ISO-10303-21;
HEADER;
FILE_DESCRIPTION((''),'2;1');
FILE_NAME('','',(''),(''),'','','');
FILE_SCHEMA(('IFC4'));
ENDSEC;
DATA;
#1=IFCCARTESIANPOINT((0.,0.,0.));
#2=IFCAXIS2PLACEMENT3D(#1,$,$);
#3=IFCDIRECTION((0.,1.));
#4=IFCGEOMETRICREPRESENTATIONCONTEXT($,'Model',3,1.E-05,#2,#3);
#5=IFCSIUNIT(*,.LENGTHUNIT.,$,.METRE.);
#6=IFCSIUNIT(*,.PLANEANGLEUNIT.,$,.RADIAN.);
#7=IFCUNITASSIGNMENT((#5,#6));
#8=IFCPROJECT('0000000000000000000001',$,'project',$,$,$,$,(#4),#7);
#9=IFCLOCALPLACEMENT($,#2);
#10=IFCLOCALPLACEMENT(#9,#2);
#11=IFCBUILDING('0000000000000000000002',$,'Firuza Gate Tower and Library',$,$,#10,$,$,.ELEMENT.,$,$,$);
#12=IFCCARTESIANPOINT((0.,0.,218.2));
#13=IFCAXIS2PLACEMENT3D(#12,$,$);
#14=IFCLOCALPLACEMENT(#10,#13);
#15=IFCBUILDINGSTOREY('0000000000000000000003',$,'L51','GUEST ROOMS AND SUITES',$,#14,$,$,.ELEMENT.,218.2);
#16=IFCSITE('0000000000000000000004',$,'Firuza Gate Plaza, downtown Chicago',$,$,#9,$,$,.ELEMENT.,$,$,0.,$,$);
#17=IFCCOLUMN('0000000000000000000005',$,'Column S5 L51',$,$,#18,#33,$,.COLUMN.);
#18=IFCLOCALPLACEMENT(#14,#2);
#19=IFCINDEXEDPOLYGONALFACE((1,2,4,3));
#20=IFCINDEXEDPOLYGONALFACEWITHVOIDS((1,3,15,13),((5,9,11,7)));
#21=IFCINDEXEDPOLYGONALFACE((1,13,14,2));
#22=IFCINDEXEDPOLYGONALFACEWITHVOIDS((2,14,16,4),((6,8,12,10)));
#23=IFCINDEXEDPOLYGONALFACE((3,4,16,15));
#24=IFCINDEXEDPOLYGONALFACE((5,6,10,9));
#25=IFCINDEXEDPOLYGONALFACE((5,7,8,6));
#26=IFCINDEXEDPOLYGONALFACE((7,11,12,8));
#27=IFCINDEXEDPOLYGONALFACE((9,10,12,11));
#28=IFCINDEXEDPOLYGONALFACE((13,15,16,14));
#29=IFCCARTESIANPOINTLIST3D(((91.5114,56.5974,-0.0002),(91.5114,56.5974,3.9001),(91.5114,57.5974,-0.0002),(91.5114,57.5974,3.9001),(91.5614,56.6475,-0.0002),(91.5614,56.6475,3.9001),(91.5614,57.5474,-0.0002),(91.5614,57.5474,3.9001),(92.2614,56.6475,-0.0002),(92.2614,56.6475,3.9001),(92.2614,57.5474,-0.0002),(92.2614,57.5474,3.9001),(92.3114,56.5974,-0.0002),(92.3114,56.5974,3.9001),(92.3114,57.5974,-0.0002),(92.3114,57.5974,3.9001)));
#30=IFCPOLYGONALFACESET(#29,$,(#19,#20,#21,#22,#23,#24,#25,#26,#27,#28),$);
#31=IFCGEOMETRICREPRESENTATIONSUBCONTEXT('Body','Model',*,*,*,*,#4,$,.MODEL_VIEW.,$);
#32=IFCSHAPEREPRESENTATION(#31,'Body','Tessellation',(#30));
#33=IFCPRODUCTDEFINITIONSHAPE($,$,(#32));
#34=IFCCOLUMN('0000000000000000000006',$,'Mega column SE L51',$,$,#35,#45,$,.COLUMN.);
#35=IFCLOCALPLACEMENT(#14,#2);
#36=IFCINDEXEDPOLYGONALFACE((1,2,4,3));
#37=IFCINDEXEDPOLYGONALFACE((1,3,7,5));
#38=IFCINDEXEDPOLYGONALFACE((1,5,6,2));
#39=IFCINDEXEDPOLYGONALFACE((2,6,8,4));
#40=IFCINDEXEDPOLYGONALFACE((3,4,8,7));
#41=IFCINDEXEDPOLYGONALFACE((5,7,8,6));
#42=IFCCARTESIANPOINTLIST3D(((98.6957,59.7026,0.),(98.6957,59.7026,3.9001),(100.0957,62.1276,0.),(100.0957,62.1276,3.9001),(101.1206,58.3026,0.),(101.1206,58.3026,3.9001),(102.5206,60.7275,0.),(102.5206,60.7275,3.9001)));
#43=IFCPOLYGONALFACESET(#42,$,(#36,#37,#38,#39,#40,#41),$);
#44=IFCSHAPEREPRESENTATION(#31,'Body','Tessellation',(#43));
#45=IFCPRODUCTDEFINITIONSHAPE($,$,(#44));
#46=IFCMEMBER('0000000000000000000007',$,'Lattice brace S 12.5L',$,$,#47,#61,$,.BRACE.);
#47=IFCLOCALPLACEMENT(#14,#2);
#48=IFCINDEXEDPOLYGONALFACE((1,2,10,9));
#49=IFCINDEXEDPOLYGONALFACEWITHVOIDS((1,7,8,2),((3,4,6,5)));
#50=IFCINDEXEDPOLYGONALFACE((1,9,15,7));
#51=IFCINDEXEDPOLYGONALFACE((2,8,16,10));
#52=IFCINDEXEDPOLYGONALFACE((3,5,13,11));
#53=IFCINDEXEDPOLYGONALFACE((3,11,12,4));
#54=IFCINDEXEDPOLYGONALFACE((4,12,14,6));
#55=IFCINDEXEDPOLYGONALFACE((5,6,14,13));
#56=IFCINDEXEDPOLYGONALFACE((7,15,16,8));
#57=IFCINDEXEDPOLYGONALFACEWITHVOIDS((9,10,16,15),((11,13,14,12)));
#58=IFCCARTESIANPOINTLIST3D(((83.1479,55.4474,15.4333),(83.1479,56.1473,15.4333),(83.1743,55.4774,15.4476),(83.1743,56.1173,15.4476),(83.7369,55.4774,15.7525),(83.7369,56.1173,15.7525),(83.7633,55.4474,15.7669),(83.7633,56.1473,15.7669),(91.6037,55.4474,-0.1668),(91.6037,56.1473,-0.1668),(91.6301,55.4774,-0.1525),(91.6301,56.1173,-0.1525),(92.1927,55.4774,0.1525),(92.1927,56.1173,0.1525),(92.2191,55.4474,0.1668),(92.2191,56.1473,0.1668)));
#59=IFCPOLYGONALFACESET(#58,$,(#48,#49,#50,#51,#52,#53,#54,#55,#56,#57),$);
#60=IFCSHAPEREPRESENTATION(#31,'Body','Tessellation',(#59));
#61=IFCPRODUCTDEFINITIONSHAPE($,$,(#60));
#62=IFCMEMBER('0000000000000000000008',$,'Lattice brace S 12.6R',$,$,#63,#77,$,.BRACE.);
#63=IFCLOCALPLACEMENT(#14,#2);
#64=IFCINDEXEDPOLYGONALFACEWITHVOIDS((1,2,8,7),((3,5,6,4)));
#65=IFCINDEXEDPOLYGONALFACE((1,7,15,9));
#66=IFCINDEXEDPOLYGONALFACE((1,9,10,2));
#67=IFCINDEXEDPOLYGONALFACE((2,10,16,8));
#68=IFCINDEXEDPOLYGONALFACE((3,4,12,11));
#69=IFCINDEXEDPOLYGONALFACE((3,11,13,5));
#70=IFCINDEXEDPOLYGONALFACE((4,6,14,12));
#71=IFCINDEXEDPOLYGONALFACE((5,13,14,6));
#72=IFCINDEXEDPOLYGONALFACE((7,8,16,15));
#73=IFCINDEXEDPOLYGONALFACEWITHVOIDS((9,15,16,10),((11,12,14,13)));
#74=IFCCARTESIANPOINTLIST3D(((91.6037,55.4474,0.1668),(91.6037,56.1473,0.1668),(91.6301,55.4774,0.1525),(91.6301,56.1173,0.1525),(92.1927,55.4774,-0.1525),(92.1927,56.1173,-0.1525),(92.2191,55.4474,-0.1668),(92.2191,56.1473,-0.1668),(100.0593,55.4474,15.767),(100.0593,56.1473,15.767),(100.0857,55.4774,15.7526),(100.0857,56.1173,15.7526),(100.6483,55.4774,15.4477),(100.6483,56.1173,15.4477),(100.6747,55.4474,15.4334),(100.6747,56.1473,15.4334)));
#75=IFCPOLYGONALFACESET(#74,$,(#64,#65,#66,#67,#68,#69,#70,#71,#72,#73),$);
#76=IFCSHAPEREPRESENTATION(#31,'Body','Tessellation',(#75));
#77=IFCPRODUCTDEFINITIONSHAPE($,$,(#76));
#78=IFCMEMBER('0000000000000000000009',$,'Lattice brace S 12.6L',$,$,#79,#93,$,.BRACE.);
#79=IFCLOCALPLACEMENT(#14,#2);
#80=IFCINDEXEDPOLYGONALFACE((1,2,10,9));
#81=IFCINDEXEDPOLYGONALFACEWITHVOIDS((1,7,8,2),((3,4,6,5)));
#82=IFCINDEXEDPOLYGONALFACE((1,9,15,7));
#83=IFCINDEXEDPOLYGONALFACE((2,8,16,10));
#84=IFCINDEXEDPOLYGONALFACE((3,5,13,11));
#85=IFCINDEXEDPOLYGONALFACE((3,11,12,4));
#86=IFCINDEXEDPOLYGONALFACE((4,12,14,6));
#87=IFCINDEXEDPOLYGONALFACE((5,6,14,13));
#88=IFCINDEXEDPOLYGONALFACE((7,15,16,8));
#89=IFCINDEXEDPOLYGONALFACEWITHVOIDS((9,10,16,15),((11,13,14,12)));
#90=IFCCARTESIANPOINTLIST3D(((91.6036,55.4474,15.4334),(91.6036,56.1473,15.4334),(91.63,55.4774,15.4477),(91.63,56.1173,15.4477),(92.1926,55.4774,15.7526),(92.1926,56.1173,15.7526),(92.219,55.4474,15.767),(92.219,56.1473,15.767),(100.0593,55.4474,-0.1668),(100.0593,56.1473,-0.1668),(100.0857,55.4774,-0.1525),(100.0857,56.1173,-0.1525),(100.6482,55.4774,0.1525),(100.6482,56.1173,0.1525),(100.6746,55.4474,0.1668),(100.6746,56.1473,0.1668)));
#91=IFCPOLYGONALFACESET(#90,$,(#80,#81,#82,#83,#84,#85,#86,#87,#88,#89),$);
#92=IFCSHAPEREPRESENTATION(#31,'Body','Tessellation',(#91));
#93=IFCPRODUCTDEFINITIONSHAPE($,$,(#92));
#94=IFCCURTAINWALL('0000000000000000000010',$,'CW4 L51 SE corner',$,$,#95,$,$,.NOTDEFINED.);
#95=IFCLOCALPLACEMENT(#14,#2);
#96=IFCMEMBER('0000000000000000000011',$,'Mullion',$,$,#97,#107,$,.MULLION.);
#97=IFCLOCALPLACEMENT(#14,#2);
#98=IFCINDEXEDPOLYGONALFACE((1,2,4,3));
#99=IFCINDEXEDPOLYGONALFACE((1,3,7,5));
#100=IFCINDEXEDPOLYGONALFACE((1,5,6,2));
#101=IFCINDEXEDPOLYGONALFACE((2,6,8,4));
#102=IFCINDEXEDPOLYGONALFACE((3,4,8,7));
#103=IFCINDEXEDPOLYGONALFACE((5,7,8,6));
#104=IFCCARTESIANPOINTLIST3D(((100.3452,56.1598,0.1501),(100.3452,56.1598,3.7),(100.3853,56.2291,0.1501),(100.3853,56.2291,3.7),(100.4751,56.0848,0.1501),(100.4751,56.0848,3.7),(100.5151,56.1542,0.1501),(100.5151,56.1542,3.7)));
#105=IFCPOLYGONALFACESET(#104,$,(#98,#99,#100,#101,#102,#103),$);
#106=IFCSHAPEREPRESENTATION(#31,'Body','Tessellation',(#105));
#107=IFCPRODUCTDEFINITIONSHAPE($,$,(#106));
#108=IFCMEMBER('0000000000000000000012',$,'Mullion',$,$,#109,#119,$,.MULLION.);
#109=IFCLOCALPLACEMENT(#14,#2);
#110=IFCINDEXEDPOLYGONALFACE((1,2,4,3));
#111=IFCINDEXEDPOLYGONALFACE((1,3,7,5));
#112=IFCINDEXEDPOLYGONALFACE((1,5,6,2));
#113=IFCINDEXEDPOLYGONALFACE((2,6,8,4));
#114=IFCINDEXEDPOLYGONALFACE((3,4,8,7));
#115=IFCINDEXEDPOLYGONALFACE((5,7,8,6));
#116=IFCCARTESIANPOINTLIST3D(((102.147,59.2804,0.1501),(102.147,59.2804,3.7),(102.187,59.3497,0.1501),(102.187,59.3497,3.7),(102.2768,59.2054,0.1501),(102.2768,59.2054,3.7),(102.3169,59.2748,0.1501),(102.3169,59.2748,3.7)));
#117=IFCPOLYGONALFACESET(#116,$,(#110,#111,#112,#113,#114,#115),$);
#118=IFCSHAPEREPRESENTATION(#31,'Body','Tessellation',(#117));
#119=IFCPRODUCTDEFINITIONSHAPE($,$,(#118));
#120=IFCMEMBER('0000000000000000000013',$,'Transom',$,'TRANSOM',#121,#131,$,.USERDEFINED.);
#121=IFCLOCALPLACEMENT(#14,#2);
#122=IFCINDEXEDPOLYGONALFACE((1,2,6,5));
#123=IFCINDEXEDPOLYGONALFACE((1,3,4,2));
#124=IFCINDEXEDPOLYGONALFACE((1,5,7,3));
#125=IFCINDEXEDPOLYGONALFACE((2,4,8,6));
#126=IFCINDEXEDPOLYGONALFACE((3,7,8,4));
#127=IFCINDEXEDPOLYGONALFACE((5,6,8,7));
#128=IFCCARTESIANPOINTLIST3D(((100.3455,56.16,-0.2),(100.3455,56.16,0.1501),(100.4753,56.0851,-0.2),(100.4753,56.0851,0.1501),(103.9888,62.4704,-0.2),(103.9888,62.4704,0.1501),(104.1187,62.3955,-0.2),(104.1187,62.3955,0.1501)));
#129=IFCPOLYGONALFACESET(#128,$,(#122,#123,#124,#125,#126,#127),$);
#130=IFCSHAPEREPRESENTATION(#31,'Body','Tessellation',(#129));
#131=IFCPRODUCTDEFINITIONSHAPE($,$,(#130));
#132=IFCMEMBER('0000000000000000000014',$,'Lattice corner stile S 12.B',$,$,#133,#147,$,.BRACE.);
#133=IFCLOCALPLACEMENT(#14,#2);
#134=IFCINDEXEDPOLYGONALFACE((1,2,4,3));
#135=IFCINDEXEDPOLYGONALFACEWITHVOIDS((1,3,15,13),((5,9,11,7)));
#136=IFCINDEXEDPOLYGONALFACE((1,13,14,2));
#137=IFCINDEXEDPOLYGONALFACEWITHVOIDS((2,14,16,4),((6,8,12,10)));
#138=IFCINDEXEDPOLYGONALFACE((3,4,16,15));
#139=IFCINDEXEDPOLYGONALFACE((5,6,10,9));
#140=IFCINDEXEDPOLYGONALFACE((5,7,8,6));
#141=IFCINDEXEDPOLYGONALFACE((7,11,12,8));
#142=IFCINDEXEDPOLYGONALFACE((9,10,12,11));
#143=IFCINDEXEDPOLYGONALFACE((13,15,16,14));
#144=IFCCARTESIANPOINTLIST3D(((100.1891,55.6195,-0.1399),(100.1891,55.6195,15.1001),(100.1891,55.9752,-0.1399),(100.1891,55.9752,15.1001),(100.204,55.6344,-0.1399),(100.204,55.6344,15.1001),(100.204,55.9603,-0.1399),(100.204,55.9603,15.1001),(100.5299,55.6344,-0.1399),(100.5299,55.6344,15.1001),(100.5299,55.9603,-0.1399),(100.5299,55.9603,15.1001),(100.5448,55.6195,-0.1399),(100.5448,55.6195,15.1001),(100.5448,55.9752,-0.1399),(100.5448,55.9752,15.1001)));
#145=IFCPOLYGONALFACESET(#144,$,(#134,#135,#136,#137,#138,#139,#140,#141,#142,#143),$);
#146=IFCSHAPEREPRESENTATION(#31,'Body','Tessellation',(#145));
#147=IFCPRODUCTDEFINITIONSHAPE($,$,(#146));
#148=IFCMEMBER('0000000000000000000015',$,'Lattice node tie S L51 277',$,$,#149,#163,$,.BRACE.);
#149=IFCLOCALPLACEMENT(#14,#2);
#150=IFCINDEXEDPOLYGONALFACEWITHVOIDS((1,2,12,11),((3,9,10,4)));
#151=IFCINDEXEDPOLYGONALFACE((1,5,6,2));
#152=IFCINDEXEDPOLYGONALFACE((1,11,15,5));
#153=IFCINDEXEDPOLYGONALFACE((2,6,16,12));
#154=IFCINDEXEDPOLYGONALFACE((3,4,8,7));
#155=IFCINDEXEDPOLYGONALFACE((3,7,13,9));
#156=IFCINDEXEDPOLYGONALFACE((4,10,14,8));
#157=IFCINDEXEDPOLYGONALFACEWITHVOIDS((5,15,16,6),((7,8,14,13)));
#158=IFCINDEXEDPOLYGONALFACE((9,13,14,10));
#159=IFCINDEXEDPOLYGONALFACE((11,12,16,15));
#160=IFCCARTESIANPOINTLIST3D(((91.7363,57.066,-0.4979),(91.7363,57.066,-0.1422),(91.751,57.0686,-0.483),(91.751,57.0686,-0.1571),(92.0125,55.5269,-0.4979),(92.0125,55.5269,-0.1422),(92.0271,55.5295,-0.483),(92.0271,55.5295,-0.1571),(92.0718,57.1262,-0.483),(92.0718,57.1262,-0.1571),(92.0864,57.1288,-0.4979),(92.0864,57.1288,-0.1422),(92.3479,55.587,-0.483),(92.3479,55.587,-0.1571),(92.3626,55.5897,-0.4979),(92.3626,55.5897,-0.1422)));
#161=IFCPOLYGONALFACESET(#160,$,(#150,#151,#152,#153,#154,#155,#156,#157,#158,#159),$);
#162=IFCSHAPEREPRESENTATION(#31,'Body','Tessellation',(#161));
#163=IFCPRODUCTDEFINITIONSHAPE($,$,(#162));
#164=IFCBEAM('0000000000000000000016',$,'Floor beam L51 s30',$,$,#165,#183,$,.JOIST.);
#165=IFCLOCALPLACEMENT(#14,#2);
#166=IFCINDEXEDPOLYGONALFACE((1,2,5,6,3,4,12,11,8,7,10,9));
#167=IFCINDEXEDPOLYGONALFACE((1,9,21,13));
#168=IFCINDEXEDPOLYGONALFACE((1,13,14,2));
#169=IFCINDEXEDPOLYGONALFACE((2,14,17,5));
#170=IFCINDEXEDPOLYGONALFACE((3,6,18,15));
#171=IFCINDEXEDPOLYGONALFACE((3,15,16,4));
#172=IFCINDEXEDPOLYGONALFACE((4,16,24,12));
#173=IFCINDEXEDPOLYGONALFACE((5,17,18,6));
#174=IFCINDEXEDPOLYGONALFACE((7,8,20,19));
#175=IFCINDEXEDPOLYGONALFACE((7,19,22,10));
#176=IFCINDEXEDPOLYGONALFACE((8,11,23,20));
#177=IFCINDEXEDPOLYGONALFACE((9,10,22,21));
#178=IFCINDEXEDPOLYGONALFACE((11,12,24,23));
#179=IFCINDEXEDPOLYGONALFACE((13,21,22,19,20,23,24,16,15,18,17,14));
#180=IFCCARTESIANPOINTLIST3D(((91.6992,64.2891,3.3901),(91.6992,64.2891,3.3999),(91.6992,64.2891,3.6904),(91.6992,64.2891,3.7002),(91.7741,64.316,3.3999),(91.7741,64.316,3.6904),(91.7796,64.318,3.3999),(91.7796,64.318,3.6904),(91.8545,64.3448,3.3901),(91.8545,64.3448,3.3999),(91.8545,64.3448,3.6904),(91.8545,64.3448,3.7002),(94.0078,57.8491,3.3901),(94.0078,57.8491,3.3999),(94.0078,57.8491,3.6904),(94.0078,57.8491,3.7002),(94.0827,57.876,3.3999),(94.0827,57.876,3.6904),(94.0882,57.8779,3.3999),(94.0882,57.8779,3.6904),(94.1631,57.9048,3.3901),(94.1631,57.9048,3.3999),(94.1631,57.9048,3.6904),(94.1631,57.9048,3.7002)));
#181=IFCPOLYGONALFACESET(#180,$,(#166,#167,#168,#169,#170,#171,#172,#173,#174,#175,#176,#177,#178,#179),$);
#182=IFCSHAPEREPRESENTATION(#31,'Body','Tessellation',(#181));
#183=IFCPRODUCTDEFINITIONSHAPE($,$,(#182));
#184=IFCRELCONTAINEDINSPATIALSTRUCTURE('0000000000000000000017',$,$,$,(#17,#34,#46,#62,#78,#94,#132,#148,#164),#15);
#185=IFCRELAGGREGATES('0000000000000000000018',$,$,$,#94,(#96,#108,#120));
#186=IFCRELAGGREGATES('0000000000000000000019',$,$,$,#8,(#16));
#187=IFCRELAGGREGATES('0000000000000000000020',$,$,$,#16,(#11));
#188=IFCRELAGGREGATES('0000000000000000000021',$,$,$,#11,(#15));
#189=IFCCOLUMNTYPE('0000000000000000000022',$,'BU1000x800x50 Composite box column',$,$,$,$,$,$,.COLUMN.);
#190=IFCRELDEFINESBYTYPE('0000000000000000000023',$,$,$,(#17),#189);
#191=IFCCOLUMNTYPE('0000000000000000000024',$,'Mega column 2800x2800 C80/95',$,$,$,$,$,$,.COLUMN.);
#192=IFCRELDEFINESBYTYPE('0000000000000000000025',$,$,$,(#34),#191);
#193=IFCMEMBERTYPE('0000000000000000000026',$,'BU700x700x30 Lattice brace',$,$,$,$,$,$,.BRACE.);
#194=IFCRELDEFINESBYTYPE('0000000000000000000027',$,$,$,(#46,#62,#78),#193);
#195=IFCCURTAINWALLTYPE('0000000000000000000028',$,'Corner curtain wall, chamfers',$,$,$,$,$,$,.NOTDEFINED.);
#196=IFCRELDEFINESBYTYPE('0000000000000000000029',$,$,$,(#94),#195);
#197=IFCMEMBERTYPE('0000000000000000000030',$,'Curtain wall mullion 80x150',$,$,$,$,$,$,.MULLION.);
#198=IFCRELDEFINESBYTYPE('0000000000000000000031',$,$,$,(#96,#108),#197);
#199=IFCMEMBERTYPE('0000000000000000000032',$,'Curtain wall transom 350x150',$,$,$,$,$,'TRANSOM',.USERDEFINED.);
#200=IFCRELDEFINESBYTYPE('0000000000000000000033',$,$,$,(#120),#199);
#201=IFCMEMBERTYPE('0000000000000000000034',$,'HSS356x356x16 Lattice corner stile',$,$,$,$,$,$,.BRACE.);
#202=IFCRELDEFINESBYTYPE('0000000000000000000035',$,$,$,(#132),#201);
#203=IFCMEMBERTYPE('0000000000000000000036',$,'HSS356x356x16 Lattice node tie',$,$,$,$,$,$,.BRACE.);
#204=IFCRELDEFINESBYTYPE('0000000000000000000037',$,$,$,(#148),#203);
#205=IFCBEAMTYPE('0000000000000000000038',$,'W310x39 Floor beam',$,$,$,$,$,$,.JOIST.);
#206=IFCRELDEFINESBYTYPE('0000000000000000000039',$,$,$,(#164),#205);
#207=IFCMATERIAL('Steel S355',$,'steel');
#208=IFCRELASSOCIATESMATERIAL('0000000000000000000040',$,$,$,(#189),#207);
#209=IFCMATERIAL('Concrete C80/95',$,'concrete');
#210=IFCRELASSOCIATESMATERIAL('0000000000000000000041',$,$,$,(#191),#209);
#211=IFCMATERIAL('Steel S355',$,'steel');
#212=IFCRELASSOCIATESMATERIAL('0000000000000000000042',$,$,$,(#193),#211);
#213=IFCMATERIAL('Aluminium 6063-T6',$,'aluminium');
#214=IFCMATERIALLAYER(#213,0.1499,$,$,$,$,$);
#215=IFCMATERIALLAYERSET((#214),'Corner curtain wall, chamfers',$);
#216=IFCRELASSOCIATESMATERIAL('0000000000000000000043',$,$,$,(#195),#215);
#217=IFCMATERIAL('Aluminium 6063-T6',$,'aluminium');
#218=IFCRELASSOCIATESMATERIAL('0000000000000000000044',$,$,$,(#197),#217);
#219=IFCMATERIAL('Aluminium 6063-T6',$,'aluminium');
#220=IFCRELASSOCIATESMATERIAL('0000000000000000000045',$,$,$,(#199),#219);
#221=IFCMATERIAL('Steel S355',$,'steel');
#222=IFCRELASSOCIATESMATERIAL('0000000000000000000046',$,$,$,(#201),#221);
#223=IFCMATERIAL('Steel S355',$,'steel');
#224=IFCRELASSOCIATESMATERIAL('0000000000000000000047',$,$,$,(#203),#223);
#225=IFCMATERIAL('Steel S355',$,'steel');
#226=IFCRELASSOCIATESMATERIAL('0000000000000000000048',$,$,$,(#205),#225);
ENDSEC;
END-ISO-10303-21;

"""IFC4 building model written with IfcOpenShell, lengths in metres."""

from ifc_helpers import new_model, si_unit, direction, frame, origin, origin_2d, place, context, subcontext, project, spatial, rectangle, hollow_rectangle, i_section, extrude, material, layer, layer_set, material_profile, profile_set, type_object, element, aggregate, save


model = new_model("IFC4")

# Units and contexts
model_context = context("Model", 3, precision=1e-05, world=origin(), true_north=direction((0.0, 1.0)))
body_context = subcontext(model_context, "Body", "Model", "MODEL_VIEW")
ifc_project = project(units=[si_unit("LENGTHUNIT", "METRE"), si_unit("PLANEANGLEUNIT", "RADIAN")], contexts=[model_context])

# Site, building, storey
site_placement = place(None, origin())
site = spatial("IfcSite", under=ifc_project, at=site_placement, Name="Firuza Gate Plaza, downtown Chicago", CompositionType="ELEMENT", RefElevation=0.0)
building_placement = place(site_placement, origin())
building = spatial("IfcBuilding", under=site, at=building_placement, Name="Firuza Gate Tower and Library", CompositionType="ELEMENT")
storey_placement = place(building_placement, frame((0.0, 0.0, 218.2)))
storey = spatial("IfcBuildingStorey", under=building, at=storey_placement, Name="L51", Description="GUEST ROOMS AND SUITES", CompositionType="ELEMENT", Elevation=218.2)

# Columns
ifc_material_1 = material(Name="Steel S355", Category="steel")
ifc_material_profile_1 = material_profile(ifc_material_1, hollow_rectangle(XDim=0.8, YDim=1.0, WallThickness=0.05, at=origin_2d()))
ifc_profile_set_1 = profile_set([ifc_material_profile_1], Name="Steel S355")
column_type_1 = type_object("IfcColumnType", Name="BU1000x800x50 Composite box column", PredefinedType="COLUMN", material=ifc_profile_set_1)
column_1_placement = place(storey_placement, frame((91.9114, 57.0974, -0.0002), z_axis=(0.0, 0.0, 1.0), x_axis=(1.0, 0.0, 0.0)))
element("IfcColumn", 1, at=column_1_placement, inside=storey, type_object=column_type_1, Name="Column S5 L51", PredefinedType="COLUMN", context=body_context, shape_type="SweptSolid", body=[
    extrude(hollow_rectangle(XDim=0.8, YDim=1.0, WallThickness=0.05, at=origin_2d()), origin(), (0.0, 0.0, 1.0), 3.9004),
])
ifc_material_2 = material(Name="Concrete C80/95", Category="concrete")
ifc_material_profile_2 = material_profile(ifc_material_2, rectangle(XDim=2.8, YDim=2.8, at=origin_2d()))
ifc_profile_set_2 = profile_set([ifc_material_profile_2], Name="Concrete C80/95")
column_type_2 = type_object("IfcColumnType", Name="Mega column 2800x2800 C80/95", PredefinedType="COLUMN", material=ifc_profile_set_2)
column_2_placement = place(storey_placement, frame((100.6082, 60.2151, 0.0), z_axis=(0.0, 0.0, 1.0), x_axis=(0.5, 0.866025, 0.0)))
element("IfcColumn", 2, at=column_2_placement, inside=storey, type_object=column_type_2, Name="Mega column SE L51", PredefinedType="COLUMN", context=body_context, shape_type="SweptSolid", body=[
    extrude(rectangle(XDim=2.8, YDim=2.8, at=origin_2d()), origin(), (0.0, 0.0, 1.0), 3.9001),
])

# Members
ifc_material_3 = material(Name="Steel S355", Category="steel")
ifc_material_profile_3 = material_profile(ifc_material_3, hollow_rectangle(XDim=0.7, YDim=0.7, WallThickness=0.03, at=origin_2d()))
ifc_profile_set_3 = profile_set([ifc_material_profile_3], Name="Steel S355")
member_type_1 = type_object("IfcMemberType", Name="BU700x700x30 Lattice brace", PredefinedType="BRACE", material=ifc_profile_set_3)
for number, where, z_axis, x_axis, name in (
    (3, (91.9114, 55.7974, 0.0), (-0.476534, 0.0, 0.879156), (0.0, -1.0, 0.0), "Lattice brace S 12.5L"),
    (4, (91.9114, 55.7974, 0.0), (0.476523, 0.0, 0.879162), (0.0, 1.0, 0.0), "Lattice brace S 12.6R"),
    (5, (100.3669, 55.7974, 0.0), (-0.476523, 0.0, 0.879162), (0.0, -1.0, 0.0), "Lattice brace S 12.6L"),
):
    element("IfcMember", number, at=place(storey_placement, frame(where, z_axis=z_axis, x_axis=x_axis)), inside=storey, type_object=member_type_1, Name=name, PredefinedType="BRACE", context=body_context, shape_type="SweptSolid", body=[
        extrude(hollow_rectangle(XDim=0.7, YDim=0.7, WallThickness=0.03, at=origin_2d()), origin(), (0.0, 0.0, 1.0), 17.7444),
    ])

# Curtain wall, members
ifc_material_4 = material(Name="Aluminium 6063-T6", Category="aluminium")
ifc_layer_1 = layer(ifc_material_4, 0.1499)
ifc_layer_set_1 = layer_set([ifc_layer_1], Name="Corner curtain wall, chamfers")
curtain_wall_type = type_object("IfcCurtainWallType", Name="Corner curtain wall, chamfers", PredefinedType="NOTDEFINED", material=ifc_layer_set_1)
curtain_wall_placement = place(storey_placement, origin())
curtain_wall = element("IfcCurtainWall", 6, at=curtain_wall_placement, inside=storey, type_object=curtain_wall_type, Name="CW4 L51 SE corner", PredefinedType="NOTDEFINED")
ifc_material_5 = material(Name="Aluminium 6063-T6", Category="aluminium")
ifc_material_profile_4 = material_profile(ifc_material_5, rectangle(XDim=0.1499, YDim=0.0801, at=origin_2d()))
ifc_profile_set_4 = profile_set([ifc_material_profile_4], Name="Aluminium 6063-T6")
member_type_2 = type_object("IfcMemberType", Name="Curtain wall mullion 80x150", PredefinedType="MULLION", material=ifc_profile_set_4)
member_1_placement = place(storey_placement, frame((100.4302, 56.157, 0.1501), z_axis=(0.0, 0.0, 1.0), x_axis=(-0.866025, 0.5, 0.0)))
member_1 = element("IfcMember", 7, at=member_1_placement, type_object=member_type_2, Name="Mullion", PredefinedType="MULLION", context=body_context, shape_type="SweptSolid", body=[
    extrude(rectangle(XDim=0.1499, YDim=0.0801, at=origin_2d()), origin(), (0.0, 0.0, 1.0), 3.5498),
])
member_2_placement = place(storey_placement, frame((102.2319, 59.2776, 0.1501), z_axis=(0.0, 0.0, 1.0), x_axis=(-0.866025, 0.5, 0.0)))
member_2 = element("IfcMember", 8, at=member_2_placement, type_object=member_type_2, Name="Mullion", PredefinedType="MULLION", context=body_context, shape_type="SweptSolid", body=[
    extrude(rectangle(XDim=0.1499, YDim=0.0801, at=origin_2d()), origin(), (0.0, 0.0, 1.0), 3.5498),
])
ifc_material_6 = material(Name="Aluminium 6063-T6", Category="aluminium")
ifc_material_profile_5 = material_profile(ifc_material_6, rectangle(XDim=0.1499, YDim=0.3501, at=origin_2d()))
ifc_profile_set_5 = profile_set([ifc_material_profile_5], Name="Aluminium 6063-T6")
member_type_3 = type_object("IfcMemberType", Name="Curtain wall transom 350x150", ElementType="TRANSOM", PredefinedType="USERDEFINED", material=ifc_profile_set_5)
member_3_placement = place(storey_placement, frame((100.4104, 56.1226, -0.0249), z_axis=(0.500006, 0.866022, 0.0), x_axis=(-0.866022, 0.500006, 0.0)))
member_3 = element("IfcMember", 9, at=member_3_placement, type_object=member_type_3, Name="Transom", ObjectType="TRANSOM", PredefinedType="USERDEFINED", context=body_context, shape_type="SweptSolid", body=[
    extrude(rectangle(XDim=0.1499, YDim=0.3501, at=origin_2d()), origin(), (0.0, 0.0, 1.0), 7.2866),
])

# Members
ifc_material_7 = material(Name="Steel S355", Category="steel")
ifc_material_profile_6 = material_profile(ifc_material_7, hollow_rectangle(XDim=0.3557, YDim=0.3557, WallThickness=0.0149, at=origin_2d()))
ifc_profile_set_6 = profile_set([ifc_material_profile_6], Name="Steel S355")
member_type_4 = type_object("IfcMemberType", Name="HSS356x356x16 Lattice corner stile", PredefinedType="BRACE", material=ifc_profile_set_6)
member_4_placement = place(storey_placement, frame((100.3669, 55.7974, -0.1399), z_axis=(0.0, 0.0, 1.0), x_axis=(1.0, 0.0, 0.0)))
element("IfcMember", 10, at=member_4_placement, inside=storey, type_object=member_type_4, Name="Lattice corner stile S 12.B", PredefinedType="BRACE", context=body_context, shape_type="SweptSolid", body=[
    extrude(hollow_rectangle(XDim=0.3557, YDim=0.3557, WallThickness=0.0149, at=origin_2d()), origin(), (0.0, 0.0, 1.0), 15.24),
])
ifc_material_8 = material(Name="Steel S355", Category="steel")
ifc_material_profile_7 = material_profile(ifc_material_8, hollow_rectangle(XDim=0.3557, YDim=0.3557, WallThickness=0.0149, at=origin_2d()))
ifc_profile_set_7 = profile_set([ifc_material_profile_7], Name="Steel S355")
member_type_5 = type_object("IfcMemberType", Name="HSS356x356x16 Lattice node tie", PredefinedType="BRACE", material=ifc_profile_set_7)
member_5_placement = place(storey_placement, frame((91.9114, 57.0974, -0.3201), z_axis=(0.17659, -0.984284, 0.0), x_axis=(0.984284, 0.17659, 0.0)))
element("IfcMember", 11, at=member_5_placement, inside=storey, type_object=member_type_5, Name="Lattice node tie S L51 277", PredefinedType="BRACE", context=body_context, shape_type="SweptSolid", body=[
    extrude(hollow_rectangle(XDim=0.3557, YDim=0.3557, WallThickness=0.0149, at=origin_2d()), origin(), (0.0, 0.0, 1.0), 1.5637),
])

# Beam
ifc_material_9 = material(Name="Steel S355", Category="steel")
ifc_material_profile_8 = material_profile(ifc_material_9, i_section(OverallWidth=0.165, OverallDepth=0.3101, WebThickness=0.0059, FlangeThickness=0.0098, at=origin_2d()))
ifc_profile_set_8 = profile_set([ifc_material_profile_8], Name="Steel S355")
beam_type_1 = type_object("IfcBeamType", Name="W310x39 Floor beam", PredefinedType="JOIST", material=ifc_profile_set_8)
beam_1_placement = place(storey_placement, frame((94.0854, 57.877, 3.5452), z_axis=(-0.337453, 0.941342, 0.0), x_axis=(-0.941342, -0.337453, 0.0)))
element("IfcBeam", 12, at=beam_1_placement, inside=storey, type_object=beam_type_1, Name="Floor beam L51 s30", PredefinedType="JOIST", context=body_context, shape_type="SweptSolid", body=[
    extrude(i_section(OverallWidth=0.165, OverallDepth=0.3101, WebThickness=0.0059, FlangeThickness=0.0098, at=origin_2d()), origin(), (0.0, 0.0, 1.0), 6.8413),
])

aggregate(curtain_wall, [member_1, member_2, member_3])

save(model, "model.ifc")
